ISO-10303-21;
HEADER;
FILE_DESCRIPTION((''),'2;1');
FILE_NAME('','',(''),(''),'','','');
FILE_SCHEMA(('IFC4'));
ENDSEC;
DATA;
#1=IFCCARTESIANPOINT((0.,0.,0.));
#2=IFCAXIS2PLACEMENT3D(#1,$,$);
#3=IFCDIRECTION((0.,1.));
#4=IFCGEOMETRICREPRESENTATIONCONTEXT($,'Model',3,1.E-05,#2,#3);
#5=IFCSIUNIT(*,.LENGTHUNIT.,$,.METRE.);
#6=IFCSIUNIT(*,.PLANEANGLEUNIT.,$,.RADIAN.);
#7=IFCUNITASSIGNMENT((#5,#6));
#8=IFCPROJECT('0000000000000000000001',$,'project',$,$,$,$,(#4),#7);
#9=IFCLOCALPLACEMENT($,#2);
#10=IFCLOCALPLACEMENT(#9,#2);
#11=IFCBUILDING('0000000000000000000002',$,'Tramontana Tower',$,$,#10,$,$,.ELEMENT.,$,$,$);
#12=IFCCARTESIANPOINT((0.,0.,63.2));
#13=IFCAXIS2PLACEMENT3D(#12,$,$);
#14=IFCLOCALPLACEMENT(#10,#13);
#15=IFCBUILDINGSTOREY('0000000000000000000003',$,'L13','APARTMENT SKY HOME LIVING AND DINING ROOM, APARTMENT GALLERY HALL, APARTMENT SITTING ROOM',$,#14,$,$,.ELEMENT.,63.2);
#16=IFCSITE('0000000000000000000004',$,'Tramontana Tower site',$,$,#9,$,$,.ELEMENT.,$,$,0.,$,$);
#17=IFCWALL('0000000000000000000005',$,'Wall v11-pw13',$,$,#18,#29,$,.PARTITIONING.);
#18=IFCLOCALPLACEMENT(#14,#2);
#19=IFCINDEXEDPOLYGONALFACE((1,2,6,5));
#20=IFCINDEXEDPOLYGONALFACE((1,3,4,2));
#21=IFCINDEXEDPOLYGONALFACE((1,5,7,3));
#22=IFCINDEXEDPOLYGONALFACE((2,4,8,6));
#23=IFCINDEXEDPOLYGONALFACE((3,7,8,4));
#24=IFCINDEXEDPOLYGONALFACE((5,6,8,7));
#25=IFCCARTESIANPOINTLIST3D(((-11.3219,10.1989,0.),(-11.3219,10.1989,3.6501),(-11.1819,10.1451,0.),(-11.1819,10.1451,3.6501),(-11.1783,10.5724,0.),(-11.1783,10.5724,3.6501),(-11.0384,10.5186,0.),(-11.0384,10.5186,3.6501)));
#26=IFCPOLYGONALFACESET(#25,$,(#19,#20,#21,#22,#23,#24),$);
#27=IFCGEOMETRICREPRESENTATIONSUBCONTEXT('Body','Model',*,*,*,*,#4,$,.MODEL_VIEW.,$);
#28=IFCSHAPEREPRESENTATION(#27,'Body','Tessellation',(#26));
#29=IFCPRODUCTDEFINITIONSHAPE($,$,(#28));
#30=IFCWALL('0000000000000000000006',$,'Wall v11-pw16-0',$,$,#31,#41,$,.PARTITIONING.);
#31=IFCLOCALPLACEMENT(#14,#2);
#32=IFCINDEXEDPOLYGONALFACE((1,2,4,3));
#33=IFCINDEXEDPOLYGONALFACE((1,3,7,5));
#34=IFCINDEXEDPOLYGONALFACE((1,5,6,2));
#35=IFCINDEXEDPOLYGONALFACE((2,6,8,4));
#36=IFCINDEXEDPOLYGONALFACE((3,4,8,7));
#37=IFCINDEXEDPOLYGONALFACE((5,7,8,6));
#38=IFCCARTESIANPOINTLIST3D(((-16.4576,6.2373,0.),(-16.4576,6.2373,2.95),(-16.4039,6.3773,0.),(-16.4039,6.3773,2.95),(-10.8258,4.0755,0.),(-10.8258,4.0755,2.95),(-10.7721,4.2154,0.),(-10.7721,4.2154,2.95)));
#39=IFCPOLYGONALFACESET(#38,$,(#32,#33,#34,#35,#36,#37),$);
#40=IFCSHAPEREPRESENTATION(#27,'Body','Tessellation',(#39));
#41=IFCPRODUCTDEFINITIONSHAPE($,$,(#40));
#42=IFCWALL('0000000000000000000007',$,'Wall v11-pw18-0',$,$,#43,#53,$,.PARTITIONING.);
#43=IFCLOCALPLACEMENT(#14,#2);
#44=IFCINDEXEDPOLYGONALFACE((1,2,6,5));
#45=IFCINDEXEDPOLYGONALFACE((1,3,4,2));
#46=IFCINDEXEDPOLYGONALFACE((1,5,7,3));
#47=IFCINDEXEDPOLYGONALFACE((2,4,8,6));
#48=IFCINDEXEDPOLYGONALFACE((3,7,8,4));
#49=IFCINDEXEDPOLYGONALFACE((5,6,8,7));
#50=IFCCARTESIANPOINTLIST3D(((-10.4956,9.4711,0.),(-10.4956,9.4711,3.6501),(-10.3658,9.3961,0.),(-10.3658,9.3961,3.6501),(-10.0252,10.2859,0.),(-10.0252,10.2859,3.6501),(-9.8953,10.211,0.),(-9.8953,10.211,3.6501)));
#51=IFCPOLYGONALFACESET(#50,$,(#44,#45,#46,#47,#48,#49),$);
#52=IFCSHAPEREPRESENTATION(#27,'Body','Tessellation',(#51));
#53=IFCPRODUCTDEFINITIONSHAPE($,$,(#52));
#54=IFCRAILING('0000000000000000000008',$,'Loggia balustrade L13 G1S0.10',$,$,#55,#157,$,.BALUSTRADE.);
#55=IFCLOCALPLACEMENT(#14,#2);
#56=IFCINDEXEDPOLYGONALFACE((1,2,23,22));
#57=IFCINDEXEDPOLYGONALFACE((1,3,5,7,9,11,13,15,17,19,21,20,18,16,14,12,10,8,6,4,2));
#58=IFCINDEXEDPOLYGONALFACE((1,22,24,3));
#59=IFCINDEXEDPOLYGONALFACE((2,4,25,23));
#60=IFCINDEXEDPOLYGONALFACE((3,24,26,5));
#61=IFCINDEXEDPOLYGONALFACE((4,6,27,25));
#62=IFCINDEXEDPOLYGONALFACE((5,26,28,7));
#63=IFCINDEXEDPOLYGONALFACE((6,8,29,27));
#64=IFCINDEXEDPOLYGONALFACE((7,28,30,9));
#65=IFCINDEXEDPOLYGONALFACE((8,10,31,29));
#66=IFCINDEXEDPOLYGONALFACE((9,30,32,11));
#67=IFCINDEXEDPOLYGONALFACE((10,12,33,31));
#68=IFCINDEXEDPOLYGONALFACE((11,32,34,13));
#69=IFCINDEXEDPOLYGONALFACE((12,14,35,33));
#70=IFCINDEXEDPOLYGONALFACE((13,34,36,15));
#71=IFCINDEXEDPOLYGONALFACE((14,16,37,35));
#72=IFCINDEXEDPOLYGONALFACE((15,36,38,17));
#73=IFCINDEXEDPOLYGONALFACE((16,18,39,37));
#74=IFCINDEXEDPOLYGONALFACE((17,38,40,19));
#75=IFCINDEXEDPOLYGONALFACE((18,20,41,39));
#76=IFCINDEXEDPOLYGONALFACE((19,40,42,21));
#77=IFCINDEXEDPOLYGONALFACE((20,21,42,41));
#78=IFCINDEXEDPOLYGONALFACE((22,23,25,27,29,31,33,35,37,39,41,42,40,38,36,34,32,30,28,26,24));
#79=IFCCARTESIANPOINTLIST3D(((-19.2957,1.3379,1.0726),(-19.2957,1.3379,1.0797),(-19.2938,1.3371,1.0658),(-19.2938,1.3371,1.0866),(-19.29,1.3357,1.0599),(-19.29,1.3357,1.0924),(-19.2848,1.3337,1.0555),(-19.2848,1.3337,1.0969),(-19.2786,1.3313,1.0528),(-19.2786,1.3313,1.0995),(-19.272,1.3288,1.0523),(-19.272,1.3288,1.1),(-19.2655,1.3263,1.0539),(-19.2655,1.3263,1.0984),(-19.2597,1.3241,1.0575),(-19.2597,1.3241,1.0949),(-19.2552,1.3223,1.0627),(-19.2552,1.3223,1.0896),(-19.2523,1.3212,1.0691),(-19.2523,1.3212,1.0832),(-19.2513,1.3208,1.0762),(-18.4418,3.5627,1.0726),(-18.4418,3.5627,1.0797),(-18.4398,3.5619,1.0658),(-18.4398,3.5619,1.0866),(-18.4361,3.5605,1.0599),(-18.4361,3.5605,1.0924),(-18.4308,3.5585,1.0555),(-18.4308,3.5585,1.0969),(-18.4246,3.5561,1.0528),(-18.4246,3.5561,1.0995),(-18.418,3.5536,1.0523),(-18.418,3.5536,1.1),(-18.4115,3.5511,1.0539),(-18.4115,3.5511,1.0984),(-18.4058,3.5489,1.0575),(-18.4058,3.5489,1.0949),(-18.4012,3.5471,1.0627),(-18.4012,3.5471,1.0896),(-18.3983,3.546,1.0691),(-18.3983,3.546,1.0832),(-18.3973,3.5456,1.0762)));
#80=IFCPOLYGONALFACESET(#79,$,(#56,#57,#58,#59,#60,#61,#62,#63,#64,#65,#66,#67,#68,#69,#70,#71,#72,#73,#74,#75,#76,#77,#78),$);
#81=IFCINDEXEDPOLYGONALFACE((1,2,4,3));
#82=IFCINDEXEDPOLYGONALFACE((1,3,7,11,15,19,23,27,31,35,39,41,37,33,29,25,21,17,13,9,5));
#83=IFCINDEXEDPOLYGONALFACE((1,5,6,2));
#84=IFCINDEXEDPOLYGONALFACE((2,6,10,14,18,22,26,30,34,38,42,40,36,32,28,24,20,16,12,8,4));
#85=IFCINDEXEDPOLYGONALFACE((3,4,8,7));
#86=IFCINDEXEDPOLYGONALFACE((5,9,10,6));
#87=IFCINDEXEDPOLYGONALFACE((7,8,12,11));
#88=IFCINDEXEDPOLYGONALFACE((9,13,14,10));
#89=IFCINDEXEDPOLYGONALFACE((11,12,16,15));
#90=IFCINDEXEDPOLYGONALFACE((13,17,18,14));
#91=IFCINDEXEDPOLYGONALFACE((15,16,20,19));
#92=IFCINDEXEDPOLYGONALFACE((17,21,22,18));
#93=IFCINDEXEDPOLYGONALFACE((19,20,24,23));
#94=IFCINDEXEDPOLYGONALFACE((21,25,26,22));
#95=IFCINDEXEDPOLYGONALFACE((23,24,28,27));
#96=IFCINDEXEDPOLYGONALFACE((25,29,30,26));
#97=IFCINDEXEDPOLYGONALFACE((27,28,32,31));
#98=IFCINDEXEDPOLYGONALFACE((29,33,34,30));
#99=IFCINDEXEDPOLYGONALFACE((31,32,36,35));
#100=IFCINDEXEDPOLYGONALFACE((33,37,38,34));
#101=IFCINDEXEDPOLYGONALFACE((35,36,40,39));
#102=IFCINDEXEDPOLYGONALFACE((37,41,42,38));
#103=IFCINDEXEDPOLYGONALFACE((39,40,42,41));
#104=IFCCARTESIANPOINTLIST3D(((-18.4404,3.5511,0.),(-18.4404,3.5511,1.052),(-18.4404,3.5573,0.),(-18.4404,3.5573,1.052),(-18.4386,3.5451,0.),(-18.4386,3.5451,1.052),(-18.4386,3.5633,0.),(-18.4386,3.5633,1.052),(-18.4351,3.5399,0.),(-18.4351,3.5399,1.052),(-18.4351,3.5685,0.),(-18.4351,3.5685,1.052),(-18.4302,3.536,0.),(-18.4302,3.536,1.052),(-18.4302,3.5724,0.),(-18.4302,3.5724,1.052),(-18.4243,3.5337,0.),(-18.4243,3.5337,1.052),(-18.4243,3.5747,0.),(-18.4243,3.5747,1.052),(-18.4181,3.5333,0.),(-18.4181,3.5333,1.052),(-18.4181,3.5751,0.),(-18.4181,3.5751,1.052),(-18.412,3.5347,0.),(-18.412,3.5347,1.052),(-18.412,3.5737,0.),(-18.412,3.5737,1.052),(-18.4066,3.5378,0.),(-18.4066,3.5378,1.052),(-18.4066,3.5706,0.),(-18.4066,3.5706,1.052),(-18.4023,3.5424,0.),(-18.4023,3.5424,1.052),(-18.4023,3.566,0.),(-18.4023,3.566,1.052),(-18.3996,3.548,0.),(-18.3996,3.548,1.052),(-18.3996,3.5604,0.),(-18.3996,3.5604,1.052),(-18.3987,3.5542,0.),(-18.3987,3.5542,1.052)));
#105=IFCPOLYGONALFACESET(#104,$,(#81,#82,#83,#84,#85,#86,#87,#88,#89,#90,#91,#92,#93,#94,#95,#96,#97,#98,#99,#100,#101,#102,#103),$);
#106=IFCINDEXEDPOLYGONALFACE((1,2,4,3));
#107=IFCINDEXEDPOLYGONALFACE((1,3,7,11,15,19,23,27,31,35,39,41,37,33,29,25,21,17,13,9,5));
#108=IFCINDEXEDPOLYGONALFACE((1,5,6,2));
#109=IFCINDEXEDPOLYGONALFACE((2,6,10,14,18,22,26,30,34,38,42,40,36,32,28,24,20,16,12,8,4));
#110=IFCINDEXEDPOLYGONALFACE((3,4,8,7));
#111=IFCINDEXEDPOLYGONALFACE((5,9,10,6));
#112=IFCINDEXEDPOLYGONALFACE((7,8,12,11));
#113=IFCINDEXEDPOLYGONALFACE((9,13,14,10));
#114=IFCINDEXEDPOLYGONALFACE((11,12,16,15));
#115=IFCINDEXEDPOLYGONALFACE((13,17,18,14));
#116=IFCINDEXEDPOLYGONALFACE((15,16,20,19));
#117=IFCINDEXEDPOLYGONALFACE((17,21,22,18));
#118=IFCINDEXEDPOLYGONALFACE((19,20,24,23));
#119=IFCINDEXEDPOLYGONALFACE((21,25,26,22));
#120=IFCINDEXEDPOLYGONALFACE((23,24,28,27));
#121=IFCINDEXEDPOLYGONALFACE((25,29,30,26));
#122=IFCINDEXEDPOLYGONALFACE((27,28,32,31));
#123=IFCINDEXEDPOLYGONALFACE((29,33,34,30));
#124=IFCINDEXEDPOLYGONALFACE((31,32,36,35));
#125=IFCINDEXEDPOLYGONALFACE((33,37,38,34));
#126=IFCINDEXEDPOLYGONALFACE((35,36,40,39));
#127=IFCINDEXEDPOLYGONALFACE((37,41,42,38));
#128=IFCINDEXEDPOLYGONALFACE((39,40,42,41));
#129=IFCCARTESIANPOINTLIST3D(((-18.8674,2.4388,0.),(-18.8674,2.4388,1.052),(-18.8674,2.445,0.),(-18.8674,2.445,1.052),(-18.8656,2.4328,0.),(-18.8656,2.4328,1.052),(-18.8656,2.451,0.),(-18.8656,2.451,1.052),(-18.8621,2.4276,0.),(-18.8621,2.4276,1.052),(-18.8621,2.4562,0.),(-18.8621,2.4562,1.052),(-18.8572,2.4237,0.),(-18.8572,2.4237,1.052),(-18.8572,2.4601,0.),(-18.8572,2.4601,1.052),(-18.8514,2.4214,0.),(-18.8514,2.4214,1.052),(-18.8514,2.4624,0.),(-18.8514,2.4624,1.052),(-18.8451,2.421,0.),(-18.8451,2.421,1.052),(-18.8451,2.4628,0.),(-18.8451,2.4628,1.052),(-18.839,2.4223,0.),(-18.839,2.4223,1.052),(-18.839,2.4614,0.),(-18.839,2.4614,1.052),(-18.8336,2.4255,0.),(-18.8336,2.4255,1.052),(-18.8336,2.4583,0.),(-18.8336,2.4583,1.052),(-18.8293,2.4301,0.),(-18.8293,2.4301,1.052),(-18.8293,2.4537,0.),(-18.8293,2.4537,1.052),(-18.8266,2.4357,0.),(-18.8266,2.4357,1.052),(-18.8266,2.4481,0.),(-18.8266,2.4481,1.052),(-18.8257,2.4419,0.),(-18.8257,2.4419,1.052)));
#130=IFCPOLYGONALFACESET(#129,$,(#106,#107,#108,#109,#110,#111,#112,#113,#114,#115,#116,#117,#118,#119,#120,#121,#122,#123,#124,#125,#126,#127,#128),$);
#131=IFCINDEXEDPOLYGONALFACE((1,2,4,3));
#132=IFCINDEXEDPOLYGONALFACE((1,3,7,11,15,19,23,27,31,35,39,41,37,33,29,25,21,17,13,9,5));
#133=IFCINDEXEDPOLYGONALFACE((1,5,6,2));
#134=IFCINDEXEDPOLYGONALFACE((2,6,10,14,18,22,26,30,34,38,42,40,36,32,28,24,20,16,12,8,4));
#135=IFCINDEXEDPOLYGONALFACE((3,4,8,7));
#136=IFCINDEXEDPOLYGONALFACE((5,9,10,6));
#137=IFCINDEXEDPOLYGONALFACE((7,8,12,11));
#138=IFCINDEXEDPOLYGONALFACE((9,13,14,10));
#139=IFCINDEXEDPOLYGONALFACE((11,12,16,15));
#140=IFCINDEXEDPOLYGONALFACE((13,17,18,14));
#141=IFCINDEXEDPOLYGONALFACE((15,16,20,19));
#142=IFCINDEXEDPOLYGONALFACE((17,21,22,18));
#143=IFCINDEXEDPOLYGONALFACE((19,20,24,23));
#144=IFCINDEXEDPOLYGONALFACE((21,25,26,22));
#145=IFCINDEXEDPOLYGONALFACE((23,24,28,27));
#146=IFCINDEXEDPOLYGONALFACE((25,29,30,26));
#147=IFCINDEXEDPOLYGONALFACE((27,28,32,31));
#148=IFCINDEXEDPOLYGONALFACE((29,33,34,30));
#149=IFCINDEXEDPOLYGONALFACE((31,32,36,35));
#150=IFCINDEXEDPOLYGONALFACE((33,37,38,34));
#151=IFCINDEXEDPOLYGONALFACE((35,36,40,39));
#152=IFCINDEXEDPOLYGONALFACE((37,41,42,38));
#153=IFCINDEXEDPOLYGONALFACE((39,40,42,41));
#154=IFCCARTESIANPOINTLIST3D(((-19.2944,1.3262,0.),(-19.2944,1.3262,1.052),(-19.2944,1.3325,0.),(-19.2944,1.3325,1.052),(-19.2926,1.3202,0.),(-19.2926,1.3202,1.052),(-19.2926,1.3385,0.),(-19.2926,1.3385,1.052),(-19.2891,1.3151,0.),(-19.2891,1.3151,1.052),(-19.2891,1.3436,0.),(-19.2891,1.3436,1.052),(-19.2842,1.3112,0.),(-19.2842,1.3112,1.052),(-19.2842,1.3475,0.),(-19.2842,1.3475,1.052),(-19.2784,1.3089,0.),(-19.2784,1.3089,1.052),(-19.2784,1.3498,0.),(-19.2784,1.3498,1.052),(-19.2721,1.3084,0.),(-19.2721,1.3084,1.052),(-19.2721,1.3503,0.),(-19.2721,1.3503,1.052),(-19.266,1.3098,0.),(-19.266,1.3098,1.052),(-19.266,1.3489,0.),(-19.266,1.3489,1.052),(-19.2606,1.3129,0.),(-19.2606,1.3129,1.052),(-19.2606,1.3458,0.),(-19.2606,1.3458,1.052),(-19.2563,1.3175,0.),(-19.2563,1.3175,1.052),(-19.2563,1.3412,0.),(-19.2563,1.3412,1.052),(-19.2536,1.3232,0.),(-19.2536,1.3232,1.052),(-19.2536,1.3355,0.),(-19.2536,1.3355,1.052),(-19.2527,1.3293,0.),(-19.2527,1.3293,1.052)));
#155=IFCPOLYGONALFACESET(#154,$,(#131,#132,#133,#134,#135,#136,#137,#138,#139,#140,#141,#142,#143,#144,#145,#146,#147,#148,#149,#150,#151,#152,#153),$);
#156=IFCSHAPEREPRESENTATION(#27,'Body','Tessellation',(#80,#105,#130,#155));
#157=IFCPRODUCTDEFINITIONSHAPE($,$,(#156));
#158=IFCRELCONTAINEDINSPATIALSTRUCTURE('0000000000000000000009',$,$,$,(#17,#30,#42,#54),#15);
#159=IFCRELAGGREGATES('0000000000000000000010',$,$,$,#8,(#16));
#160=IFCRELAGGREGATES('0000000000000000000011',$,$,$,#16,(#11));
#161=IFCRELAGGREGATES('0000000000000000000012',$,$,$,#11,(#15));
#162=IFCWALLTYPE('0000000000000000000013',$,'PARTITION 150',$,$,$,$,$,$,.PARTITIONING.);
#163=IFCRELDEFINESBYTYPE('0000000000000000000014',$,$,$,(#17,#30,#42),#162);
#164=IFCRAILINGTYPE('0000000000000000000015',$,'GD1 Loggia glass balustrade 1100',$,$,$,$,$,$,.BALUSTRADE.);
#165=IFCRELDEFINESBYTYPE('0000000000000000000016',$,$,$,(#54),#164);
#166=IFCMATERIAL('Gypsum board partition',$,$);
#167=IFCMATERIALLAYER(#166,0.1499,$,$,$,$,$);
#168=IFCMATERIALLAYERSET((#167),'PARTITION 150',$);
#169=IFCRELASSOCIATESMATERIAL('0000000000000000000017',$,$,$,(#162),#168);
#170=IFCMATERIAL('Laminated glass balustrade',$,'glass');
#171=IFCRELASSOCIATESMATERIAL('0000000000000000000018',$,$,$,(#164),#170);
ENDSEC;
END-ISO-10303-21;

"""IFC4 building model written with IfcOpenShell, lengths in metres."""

from ifc_helpers import new_model, si_unit, direction, frame, frame_2d, origin, origin_2d, place, context, subcontext, project, spatial, rectangle, circle, extrude, material, layer, layer_set, type_object, element, save


model = new_model("IFC4")

# Units and contexts
model_context = context("Model", 3, precision=1e-05, world=origin(), true_north=direction((0.0, 1.0)))
body_context = subcontext(model_context, "Body", "Model", "MODEL_VIEW")
ifc_project = project(units=[si_unit("LENGTHUNIT", "METRE"), si_unit("PLANEANGLEUNIT", "RADIAN")], contexts=[model_context])

# Site, building, storey
site_placement = place(None, origin())
site = spatial("IfcSite", under=ifc_project, at=site_placement, Name="Tramontana Tower site", CompositionType="ELEMENT", RefElevation=0.0)
building_placement = place(site_placement, origin())
building = spatial("IfcBuilding", under=site, at=building_placement, Name="Tramontana Tower", CompositionType="ELEMENT")
storey_placement = place(building_placement, frame((0.0, 0.0, 63.2)))
storey = spatial("IfcBuildingStorey", under=building, at=storey_placement, Name="L13", Description="APARTMENT SKY HOME LIVING AND DINING ROOM, APARTMENT GALLERY HALL, APARTMENT SITTING ROOM", CompositionType="ELEMENT", Elevation=63.2)

# Shared definitions
ifc_material_1 = material(Name="Gypsum board partition")
ifc_layer_1 = layer(ifc_material_1, 0.1499)
ifc_layer_set_1 = layer_set([ifc_layer_1], Name="PARTITION 150")
wall_type_1 = type_object("IfcWallType", Name="PARTITION 150", PredefinedType="PARTITIONING", material=ifc_layer_set_1)

# Walls
wall_1_placement = place(storey_placement, frame((-11.252, 10.1719, 0.0), z_axis=(0.0, 0.0, 1.0), x_axis=(0.358734, 0.93344, 0.0)))
element("IfcWall", 1, at=wall_1_placement, inside=storey, type_object=wall_type_1, Name="Wall v11-pw13", PredefinedType="PARTITIONING", context=body_context, shape_type="SweptSolid", body=[
    extrude(rectangle(XDim=0.4001, YDim=0.1499, at=frame_2d((0.2002, 0.0))), origin(), (0.0, 0.0, 1.0), 3.6501),
])
wall_2_placement = place(storey_placement, frame((-10.7991, 4.1455, 0.0), z_axis=(0.0, 0.0, 1.0), x_axis=(-0.93358, 0.358369, 0.0)))
element("IfcWall", 2, at=wall_2_placement, inside=storey, type_object=wall_type_1, Name="Wall v11-pw16-0", PredefinedType="PARTITIONING", context=body_context, shape_type="SweptSolid", body=[
    extrude(rectangle(XDim=6.0325, YDim=0.1499, at=frame_2d((3.0161, 0.0))), origin(), (0.0, 0.0, 1.0), 2.95),
])
wall_3_placement = place(storey_placement, frame((-10.4307, 9.4336, 0.0), z_axis=(0.0, 0.0, 1.0), x_axis=(0.499962, 0.866047, 0.0)))
element("IfcWall", 3, at=wall_3_placement, inside=storey, type_object=wall_type_1, Name="Wall v11-pw18-0", PredefinedType="PARTITIONING", context=body_context, shape_type="SweptSolid", body=[
    extrude(rectangle(XDim=0.9409, YDim=0.1499, at=frame_2d((0.4705, 0.0))), origin(), (0.0, 0.0, 1.0), 3.6501),
])

# Railing
ifc_material_2 = material(Name="Laminated glass balustrade", Category="glass")
railing_type = type_object("IfcRailingType", Name="GD1 Loggia glass balustrade 1100", PredefinedType="BALUSTRADE", material=ifc_material_2)
railing_placement = place(storey_placement, frame((-18.4197, 3.5542, 0.0)))
element("IfcRailing", 4, at=railing_placement, inside=storey, type_object=railing_type, Name="Loggia balustrade L13 G1S0.10", PredefinedType="BALUSTRADE", context=body_context, shape_type="SweptSolid", body=[
    extrude(circle(Radius=0.0239, at=origin_2d()), frame((0.0, 0.0, 1.0762), z_axis=(-0.358354, -0.933586, 0.0), x_axis=(0.933586, -0.358354, 0.0)), (0.0, 0.0, 1.0), 2.3831),
    extrude(circle(Radius=0.021, at=origin_2d()), origin(), (0.0, 0.0, 1.0), 1.052),
    extrude(circle(Radius=0.021, at=origin_2d()), frame((-0.427, -1.1123, 0.0)), (0.0, 0.0, 1.0), 1.052),
    extrude(circle(Radius=0.021, at=origin_2d()), frame((-0.854, -2.2249, 0.0)), (0.0, 0.0, 1.0), 1.052),
])

save(model, "model.ifc")
